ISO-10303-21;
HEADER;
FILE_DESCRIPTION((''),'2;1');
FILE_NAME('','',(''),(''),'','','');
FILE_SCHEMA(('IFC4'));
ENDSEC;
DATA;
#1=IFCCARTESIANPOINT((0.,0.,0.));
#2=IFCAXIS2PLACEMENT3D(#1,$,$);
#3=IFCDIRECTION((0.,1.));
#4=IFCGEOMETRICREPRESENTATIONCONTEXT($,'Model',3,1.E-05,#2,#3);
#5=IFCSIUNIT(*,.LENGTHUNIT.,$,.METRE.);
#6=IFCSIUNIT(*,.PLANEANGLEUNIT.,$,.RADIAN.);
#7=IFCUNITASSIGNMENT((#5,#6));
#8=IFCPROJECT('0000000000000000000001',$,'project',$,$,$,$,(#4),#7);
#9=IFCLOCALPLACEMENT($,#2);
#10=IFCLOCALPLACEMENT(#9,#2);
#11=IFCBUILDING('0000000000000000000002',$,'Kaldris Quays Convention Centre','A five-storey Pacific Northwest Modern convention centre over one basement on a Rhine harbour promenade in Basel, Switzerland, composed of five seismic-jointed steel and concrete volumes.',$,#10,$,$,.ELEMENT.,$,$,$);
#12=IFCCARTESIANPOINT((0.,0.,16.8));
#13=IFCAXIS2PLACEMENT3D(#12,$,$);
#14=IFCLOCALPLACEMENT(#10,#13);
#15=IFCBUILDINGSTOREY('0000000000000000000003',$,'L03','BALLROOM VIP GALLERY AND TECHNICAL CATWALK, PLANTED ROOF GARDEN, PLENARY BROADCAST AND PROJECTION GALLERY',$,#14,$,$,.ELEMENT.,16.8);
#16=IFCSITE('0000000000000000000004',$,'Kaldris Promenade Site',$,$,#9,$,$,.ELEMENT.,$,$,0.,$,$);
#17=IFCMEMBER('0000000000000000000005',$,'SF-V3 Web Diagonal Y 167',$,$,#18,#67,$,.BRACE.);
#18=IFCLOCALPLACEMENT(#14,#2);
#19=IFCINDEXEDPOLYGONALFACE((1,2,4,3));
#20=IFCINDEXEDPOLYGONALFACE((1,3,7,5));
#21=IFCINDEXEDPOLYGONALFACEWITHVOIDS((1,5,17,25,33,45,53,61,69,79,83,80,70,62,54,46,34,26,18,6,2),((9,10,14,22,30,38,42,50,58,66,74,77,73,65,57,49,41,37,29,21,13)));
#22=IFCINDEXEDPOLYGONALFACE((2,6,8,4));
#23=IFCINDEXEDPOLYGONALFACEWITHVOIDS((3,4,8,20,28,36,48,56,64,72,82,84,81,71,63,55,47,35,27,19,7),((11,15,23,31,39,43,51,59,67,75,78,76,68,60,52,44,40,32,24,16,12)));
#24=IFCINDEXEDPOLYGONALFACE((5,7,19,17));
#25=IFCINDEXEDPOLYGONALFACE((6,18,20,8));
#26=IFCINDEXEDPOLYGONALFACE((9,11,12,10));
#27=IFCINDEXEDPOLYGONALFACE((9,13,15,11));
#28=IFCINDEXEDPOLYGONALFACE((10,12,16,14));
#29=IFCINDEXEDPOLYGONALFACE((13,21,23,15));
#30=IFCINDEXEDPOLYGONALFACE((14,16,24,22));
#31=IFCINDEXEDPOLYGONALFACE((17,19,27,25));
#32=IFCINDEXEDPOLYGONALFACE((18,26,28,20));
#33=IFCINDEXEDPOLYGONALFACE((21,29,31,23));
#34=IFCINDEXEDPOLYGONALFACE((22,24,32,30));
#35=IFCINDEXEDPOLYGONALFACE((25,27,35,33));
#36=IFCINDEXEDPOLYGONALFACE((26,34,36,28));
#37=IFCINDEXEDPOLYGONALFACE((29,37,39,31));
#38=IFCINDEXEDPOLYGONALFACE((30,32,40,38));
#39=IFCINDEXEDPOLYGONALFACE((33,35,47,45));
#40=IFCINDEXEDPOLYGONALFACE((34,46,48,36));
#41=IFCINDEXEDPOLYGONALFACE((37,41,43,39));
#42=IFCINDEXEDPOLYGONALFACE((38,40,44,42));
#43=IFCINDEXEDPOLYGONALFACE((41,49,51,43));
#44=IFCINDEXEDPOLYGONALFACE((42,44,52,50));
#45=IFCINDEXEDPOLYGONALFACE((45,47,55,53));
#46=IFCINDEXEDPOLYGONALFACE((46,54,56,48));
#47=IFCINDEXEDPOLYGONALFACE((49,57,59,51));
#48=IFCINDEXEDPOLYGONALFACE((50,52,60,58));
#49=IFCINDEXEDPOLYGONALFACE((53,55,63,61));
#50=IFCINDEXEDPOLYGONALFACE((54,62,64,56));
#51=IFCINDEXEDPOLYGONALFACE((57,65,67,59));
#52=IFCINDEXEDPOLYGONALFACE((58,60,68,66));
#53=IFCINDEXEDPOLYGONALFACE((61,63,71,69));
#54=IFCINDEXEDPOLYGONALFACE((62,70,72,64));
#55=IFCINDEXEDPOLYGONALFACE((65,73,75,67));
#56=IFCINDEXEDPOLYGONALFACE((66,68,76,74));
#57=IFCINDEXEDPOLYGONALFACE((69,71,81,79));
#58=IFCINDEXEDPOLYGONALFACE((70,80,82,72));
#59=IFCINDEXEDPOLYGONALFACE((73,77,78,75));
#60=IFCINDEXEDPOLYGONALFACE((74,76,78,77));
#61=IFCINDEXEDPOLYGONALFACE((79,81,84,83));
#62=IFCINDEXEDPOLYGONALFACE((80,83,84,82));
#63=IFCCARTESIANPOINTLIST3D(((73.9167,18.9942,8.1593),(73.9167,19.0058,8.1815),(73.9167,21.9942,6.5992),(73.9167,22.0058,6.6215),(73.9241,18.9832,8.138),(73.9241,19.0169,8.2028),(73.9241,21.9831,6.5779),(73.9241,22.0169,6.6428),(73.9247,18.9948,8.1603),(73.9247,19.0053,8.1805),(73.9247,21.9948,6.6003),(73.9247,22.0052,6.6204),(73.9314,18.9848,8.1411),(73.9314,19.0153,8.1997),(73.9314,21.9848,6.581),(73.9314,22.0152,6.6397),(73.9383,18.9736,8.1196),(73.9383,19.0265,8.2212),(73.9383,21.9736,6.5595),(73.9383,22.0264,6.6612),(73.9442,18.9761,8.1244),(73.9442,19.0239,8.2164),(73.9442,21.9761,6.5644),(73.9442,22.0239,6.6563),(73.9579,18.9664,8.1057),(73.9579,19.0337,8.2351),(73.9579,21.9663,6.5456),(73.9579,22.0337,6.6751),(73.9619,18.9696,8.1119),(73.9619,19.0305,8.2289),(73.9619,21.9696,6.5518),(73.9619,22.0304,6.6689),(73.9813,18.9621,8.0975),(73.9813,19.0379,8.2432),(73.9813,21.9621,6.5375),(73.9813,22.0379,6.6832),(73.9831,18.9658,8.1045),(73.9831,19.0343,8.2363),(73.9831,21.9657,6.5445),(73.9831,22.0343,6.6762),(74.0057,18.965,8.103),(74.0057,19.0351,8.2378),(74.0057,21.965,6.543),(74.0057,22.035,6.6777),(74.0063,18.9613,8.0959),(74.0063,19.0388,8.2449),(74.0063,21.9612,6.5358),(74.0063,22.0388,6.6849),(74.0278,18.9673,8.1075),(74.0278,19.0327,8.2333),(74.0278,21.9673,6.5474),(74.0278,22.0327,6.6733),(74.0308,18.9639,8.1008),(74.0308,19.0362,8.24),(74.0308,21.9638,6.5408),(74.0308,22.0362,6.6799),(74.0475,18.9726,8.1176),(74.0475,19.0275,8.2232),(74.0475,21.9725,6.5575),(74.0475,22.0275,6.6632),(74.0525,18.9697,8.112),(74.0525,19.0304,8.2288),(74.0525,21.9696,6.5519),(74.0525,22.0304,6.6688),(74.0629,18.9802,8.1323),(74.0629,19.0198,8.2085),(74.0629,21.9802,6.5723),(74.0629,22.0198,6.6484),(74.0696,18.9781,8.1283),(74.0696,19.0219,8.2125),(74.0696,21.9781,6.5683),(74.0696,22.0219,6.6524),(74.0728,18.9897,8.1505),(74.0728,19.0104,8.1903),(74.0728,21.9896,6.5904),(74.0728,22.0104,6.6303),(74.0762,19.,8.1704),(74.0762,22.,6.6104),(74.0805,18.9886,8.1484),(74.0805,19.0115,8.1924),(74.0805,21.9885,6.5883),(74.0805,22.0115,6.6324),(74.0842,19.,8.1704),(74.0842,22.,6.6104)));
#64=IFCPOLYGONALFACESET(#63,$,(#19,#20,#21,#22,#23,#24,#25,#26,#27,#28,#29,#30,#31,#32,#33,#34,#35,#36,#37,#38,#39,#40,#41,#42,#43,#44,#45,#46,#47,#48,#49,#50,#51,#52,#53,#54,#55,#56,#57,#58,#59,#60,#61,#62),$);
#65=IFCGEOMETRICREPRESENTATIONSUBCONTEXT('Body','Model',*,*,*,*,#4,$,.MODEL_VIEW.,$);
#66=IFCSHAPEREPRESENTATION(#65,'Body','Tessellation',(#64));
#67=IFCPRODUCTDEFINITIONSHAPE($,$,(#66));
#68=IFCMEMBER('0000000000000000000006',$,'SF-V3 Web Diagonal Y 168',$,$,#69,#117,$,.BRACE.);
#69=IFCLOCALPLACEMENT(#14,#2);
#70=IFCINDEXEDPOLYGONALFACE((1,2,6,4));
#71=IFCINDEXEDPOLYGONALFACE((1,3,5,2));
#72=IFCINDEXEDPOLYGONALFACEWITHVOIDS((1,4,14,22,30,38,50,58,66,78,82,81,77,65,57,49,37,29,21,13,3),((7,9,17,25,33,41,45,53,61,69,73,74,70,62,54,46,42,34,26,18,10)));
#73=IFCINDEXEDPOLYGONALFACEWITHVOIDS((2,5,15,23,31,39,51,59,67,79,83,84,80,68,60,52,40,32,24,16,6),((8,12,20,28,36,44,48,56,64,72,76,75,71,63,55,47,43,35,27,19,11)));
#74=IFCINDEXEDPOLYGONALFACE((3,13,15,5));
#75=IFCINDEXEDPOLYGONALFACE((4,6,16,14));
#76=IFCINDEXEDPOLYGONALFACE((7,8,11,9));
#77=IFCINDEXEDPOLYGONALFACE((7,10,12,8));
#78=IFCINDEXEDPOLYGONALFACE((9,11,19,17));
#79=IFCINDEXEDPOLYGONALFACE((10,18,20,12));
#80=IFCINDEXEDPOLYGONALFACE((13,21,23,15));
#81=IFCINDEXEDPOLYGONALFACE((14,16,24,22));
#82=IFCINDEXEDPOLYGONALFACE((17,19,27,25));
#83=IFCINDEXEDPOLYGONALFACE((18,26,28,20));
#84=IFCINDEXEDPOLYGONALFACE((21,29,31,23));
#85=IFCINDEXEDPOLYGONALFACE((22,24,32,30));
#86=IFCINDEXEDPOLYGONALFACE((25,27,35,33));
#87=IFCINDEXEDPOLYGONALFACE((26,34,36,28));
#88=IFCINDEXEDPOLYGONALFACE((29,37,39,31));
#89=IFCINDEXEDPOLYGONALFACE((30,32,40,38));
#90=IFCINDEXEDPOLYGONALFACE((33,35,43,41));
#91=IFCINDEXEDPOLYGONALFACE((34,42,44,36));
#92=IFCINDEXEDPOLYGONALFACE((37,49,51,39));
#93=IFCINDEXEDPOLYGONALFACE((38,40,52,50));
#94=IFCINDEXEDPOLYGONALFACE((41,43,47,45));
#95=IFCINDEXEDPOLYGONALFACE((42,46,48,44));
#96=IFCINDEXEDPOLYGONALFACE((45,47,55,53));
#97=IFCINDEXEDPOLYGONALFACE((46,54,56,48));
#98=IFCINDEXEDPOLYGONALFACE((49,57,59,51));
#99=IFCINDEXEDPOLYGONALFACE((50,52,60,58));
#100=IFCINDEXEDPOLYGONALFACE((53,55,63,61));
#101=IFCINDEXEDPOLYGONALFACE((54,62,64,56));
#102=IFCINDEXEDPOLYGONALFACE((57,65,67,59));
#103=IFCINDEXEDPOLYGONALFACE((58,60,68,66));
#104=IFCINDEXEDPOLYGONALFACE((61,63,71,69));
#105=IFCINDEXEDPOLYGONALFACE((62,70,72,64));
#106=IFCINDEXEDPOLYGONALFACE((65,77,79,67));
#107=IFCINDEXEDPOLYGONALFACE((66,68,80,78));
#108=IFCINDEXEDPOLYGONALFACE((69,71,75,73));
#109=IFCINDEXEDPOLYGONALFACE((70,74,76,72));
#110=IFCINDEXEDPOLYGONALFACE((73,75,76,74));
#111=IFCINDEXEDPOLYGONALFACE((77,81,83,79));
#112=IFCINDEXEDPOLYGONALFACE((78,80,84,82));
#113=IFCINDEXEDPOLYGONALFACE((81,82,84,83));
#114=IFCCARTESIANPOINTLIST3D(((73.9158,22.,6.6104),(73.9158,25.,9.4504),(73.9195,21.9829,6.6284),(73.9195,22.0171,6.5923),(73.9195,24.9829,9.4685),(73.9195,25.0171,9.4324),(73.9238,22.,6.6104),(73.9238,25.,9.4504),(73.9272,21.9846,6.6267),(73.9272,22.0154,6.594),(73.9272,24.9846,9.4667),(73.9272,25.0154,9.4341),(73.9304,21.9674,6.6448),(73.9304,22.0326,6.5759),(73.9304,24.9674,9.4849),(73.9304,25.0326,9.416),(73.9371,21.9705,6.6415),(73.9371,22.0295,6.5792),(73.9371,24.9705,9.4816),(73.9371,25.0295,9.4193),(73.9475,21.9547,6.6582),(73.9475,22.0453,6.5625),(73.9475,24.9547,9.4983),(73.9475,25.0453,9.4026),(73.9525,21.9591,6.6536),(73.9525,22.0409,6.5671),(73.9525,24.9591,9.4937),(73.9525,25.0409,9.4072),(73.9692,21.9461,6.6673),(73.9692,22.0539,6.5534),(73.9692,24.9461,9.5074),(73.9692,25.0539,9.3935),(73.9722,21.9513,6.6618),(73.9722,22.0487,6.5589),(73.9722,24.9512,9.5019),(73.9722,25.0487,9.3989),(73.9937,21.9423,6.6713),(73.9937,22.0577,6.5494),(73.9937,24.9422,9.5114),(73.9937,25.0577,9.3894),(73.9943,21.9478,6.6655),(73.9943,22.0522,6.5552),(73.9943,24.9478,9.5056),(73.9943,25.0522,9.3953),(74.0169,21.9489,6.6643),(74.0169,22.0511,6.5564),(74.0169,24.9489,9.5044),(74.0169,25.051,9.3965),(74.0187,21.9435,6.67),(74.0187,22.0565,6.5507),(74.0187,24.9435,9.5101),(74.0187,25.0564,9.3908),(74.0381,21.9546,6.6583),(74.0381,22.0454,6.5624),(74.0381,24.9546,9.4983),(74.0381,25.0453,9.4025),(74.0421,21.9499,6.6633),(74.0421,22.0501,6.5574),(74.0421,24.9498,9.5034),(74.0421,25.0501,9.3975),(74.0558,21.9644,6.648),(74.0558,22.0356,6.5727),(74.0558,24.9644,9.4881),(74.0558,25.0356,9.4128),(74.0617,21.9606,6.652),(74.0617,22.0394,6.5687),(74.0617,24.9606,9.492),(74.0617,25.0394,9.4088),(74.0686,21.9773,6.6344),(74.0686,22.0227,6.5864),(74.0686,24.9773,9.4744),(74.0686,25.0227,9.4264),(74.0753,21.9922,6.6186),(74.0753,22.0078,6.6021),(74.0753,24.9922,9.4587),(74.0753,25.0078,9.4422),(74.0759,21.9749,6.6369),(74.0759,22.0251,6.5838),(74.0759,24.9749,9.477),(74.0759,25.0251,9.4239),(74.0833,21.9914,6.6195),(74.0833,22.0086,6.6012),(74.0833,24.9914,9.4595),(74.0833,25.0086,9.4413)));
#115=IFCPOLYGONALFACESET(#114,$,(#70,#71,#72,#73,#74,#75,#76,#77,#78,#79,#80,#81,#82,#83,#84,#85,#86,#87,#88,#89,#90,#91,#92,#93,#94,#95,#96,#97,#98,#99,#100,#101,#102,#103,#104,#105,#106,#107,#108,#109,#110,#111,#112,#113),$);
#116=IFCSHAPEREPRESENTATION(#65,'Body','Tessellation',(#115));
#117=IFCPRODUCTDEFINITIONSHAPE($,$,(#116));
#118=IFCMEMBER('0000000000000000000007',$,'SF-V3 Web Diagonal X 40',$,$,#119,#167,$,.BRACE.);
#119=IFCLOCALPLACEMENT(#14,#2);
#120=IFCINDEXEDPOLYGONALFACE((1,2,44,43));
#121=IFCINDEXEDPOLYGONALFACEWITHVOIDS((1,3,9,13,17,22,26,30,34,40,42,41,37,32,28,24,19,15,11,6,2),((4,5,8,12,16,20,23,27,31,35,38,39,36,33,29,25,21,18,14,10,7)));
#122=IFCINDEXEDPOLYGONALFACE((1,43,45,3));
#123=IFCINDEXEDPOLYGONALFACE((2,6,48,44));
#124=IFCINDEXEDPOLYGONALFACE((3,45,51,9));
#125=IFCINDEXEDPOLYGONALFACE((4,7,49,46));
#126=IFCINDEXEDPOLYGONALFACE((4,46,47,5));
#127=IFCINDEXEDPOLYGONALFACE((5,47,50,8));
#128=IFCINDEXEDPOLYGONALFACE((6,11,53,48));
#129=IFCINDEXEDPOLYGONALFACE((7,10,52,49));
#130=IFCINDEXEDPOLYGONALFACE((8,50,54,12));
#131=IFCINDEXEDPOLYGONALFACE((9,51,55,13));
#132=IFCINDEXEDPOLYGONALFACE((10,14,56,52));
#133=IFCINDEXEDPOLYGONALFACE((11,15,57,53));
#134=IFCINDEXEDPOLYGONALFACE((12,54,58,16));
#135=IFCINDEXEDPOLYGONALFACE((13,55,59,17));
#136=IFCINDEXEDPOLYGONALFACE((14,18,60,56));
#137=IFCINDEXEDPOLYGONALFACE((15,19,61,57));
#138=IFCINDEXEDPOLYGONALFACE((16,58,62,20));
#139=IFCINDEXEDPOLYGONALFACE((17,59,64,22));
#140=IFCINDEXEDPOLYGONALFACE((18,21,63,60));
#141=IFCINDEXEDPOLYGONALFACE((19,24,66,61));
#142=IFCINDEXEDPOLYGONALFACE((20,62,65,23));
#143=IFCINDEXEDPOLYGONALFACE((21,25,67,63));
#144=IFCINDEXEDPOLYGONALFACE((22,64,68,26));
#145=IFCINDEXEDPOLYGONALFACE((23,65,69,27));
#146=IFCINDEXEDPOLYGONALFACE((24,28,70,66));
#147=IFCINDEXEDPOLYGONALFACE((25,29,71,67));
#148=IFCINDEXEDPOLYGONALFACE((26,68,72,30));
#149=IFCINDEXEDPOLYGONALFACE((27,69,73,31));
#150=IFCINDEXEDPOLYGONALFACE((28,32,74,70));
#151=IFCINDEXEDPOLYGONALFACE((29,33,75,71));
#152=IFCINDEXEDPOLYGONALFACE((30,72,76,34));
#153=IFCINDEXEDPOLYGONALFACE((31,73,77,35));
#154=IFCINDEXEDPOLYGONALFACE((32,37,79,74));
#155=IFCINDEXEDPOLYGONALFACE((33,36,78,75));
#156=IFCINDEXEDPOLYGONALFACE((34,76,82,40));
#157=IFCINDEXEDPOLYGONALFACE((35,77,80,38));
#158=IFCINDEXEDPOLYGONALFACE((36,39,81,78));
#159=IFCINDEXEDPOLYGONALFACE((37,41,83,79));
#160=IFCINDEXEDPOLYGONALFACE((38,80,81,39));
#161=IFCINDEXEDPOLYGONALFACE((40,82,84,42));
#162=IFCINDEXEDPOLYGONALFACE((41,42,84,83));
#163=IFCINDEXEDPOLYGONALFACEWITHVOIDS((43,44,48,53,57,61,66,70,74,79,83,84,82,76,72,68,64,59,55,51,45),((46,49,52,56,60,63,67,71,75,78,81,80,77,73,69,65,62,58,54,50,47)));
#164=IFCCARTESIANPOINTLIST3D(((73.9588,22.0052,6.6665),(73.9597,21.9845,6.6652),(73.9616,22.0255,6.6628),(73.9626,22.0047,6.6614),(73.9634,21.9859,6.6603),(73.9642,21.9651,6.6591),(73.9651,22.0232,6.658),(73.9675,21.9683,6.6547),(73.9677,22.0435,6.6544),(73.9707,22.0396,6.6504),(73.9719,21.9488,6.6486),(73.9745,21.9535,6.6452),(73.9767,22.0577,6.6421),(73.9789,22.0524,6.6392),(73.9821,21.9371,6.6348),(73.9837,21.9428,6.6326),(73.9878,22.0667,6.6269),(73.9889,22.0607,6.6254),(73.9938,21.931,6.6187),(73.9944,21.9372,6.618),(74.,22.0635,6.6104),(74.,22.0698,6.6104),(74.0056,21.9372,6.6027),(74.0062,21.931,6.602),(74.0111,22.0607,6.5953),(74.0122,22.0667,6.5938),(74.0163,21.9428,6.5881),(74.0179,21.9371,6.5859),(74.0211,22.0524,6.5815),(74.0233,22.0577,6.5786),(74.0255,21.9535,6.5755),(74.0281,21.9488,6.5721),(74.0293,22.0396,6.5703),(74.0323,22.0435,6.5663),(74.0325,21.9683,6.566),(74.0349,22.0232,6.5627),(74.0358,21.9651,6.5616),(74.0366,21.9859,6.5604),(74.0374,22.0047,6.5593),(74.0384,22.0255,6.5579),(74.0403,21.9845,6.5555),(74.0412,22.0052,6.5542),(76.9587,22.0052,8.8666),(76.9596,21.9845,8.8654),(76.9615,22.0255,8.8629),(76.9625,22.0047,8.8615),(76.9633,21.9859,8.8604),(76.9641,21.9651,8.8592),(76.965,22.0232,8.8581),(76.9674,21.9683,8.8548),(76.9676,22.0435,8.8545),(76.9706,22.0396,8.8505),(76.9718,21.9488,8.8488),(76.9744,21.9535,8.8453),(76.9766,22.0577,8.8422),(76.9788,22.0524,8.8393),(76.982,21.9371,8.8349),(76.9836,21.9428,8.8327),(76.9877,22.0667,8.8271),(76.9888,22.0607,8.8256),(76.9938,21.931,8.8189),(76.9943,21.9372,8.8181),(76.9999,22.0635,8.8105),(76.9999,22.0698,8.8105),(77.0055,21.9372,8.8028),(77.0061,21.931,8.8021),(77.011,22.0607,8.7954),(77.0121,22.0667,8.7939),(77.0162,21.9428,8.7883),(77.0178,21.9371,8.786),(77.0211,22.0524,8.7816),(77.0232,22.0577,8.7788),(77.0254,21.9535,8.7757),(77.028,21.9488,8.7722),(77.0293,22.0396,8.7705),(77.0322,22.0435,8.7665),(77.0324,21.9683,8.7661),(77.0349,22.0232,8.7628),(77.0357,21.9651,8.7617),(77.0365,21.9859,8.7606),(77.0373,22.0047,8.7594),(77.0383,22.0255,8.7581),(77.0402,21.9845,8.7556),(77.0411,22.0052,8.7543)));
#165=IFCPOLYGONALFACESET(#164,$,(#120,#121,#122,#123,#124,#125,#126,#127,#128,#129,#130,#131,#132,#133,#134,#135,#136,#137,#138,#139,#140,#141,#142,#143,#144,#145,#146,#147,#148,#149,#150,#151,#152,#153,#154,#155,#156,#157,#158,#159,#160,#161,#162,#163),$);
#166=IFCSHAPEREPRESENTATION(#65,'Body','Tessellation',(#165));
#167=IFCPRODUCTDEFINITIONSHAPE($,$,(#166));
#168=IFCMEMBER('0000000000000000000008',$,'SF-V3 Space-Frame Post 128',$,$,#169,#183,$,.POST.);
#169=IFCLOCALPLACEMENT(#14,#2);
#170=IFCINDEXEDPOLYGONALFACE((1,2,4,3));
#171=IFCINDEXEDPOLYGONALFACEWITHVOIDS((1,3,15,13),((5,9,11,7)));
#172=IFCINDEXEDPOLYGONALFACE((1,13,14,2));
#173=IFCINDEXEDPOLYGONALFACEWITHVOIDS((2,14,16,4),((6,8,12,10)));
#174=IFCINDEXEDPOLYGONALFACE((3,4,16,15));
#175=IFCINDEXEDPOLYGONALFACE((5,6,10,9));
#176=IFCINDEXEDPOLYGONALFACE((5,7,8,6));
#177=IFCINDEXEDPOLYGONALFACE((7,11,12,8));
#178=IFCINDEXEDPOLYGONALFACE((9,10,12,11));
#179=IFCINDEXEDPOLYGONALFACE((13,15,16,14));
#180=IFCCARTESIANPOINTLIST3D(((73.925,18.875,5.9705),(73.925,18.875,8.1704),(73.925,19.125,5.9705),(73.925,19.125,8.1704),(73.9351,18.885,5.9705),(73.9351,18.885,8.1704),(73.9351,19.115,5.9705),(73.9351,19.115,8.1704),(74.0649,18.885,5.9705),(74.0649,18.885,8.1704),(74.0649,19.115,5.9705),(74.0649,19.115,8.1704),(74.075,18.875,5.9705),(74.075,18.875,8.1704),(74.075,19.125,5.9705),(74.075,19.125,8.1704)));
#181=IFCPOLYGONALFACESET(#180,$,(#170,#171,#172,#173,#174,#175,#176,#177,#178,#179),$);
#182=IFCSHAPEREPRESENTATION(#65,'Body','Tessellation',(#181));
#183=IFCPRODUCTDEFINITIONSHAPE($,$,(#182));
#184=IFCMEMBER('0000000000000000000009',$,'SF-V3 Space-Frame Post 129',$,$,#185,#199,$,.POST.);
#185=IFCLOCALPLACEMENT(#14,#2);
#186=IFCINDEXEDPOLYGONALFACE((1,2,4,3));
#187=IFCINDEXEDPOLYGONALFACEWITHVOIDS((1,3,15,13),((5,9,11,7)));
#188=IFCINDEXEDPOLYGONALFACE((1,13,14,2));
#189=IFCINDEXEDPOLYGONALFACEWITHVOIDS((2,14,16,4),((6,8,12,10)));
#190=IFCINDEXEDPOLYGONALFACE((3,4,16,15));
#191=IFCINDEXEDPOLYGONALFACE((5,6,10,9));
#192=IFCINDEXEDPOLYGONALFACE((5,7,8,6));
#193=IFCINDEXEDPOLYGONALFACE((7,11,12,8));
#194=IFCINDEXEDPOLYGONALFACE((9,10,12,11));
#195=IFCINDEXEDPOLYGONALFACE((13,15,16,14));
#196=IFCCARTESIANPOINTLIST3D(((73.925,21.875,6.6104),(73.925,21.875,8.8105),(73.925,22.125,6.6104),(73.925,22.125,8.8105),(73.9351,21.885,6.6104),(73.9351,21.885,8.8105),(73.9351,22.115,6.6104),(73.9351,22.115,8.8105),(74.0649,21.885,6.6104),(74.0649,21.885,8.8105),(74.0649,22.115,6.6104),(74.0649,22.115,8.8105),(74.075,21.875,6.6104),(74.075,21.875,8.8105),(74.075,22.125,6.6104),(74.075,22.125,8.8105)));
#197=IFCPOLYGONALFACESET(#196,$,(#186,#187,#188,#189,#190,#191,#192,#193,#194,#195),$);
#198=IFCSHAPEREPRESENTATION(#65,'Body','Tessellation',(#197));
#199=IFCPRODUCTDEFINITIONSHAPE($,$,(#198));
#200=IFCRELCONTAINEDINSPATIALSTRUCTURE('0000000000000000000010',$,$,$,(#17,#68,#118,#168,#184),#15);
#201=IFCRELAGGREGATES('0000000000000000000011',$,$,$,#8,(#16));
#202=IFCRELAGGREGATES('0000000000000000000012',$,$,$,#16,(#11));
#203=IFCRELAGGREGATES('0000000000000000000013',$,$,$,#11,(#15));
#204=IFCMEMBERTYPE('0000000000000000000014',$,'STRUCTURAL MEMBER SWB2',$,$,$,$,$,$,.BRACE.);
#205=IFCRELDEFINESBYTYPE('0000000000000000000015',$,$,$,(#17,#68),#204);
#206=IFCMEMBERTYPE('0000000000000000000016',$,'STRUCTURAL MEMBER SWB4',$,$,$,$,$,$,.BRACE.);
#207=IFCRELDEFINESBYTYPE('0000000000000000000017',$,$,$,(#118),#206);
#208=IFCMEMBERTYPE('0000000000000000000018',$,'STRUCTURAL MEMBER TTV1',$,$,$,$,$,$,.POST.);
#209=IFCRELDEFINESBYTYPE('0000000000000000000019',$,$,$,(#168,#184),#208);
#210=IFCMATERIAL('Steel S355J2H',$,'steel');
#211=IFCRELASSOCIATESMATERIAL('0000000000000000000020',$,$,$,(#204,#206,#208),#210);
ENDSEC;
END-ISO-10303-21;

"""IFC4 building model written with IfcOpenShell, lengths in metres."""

from ifc_helpers import new_model, si_unit, direction, frame, origin, origin_2d, place, context, subcontext, project, spatial, hollow_rectangle, hollow_circle, extrude, material, material_profile, profile_set, type_object, element, save


model = new_model("IFC4")

# Units and contexts
model_context = context("Model", 3, precision=1e-05, world=origin(), true_north=direction((0.0, 1.0)))
body_context = subcontext(model_context, "Body", "Model", "MODEL_VIEW")
ifc_project = project(units=[si_unit("LENGTHUNIT", "METRE"), si_unit("PLANEANGLEUNIT", "RADIAN")], contexts=[model_context])

# Site, building, storey
site_placement = place(None, origin())
site = spatial("IfcSite", under=ifc_project, at=site_placement, Name="Kaldris Promenade Site", CompositionType="ELEMENT", RefElevation=0.0)
building_placement = place(site_placement, origin())
building = spatial("IfcBuilding", under=site, at=building_placement, Name="Kaldris Quays Convention Centre", Description="A five-storey Pacific Northwest Modern convention centre over one basement on a Rhine harbour promenade in Basel, Switzerland, composed of five seismic-jointed steel and concrete volumes.", CompositionType="ELEMENT")
storey_placement = place(building_placement, frame((0.0, 0.0, 16.8)))
storey = spatial("IfcBuildingStorey", under=building, at=storey_placement, Name="L03", Description="BALLROOM VIP GALLERY AND TECHNICAL CATWALK, PLANTED ROOF GARDEN, PLENARY BROADCAST AND PROJECTION GALLERY", CompositionType="ELEMENT", Elevation=16.8)

# Members
ifc_material_1 = material(Name="Steel S355J2H", Category="steel")
ifc_material_profile_1 = material_profile(ifc_material_1, hollow_circle(Radius=0.0842, WallThickness=0.0081, at=origin_2d()), Name="CHS 168.3x8")
ifc_profile_set_1 = profile_set([ifc_material_profile_1], Name="Steel S355J2H")
member_type_1 = type_object("IfcMemberType", Name="STRUCTURAL MEMBER SWB2", PredefinedType="BRACE", material=ifc_profile_set_1)
member_1_placement = place(storey_placement, frame((74.0, 22.0, 6.6104), z_axis=(0.0, -0.88721, 0.461366), x_axis=(1.0, 0.0, 0.0)))
element("IfcMember", 1, at=member_1_placement, inside=storey, type_object=member_type_1, Name="SF-V3 Web Diagonal Y 167", PredefinedType="BRACE", context=body_context, shape_type="SweptSolid", body=[
    extrude(hollow_circle(Radius=0.0842, WallThickness=0.0081, at=origin_2d()), origin(), (0.0, 0.0, 1.0), 3.3813),
])
member_2_placement = place(storey_placement, frame((74.0, 22.0, 6.6104), z_axis=(0.0, 0.726196, 0.687487), x_axis=(-1.0, 0.0, 0.0)))
element("IfcMember", 2, at=member_2_placement, inside=storey, type_object=member_type_1, Name="SF-V3 Web Diagonal Y 168", PredefinedType="BRACE", context=body_context, shape_type="SweptSolid", body=[
    extrude(hollow_circle(Radius=0.0842, WallThickness=0.0081, at=origin_2d()), origin(), (0.0, 0.0, 1.0), 4.1311),
])
ifc_material_profile_2 = material_profile(ifc_material_1, hollow_circle(Radius=0.0698, WallThickness=0.0063, at=origin_2d()), Name="CHS 139.7x6.3")
ifc_profile_set_2 = profile_set([ifc_material_profile_2], Name="Steel S355J2H")
member_type_2 = type_object("IfcMemberType", Name="STRUCTURAL MEMBER SWB4", PredefinedType="BRACE", material=ifc_profile_set_2)
member_3_placement = place(storey_placement, frame((74.0, 22.0, 6.6104), z_axis=(0.80638, 0.0, 0.591398), x_axis=(0.0, 1.0, 0.0)))
element("IfcMember", 3, at=member_3_placement, inside=storey, type_object=member_type_2, Name="SF-V3 Web Diagonal X 40", PredefinedType="BRACE", context=body_context, shape_type="SweptSolid", body=[
    extrude(hollow_circle(Radius=0.0698, WallThickness=0.0063, at=origin_2d()), origin(), (0.0, 0.0, 1.0), 3.7202),
])
ifc_material_profile_3 = material_profile(ifc_material_1, hollow_rectangle(XDim=0.1499, YDim=0.25, WallThickness=0.01, at=origin_2d()), Name="RHS 250x150x10")
ifc_profile_set_3 = profile_set([ifc_material_profile_3], Name="Steel S355J2H")
member_type_3 = type_object("IfcMemberType", Name="STRUCTURAL MEMBER TTV1", PredefinedType="POST", material=ifc_profile_set_3)
member_4_placement = place(storey_placement, frame((74.0, 19.0, 5.9705), z_axis=(0.0, 0.0, 1.0), x_axis=(1.0, 0.0, 0.0)))
element("IfcMember", 4, at=member_4_placement, inside=storey, type_object=member_type_3, Name="SF-V3 Space-Frame Post 128", PredefinedType="POST", context=body_context, shape_type="SweptSolid", body=[
    extrude(hollow_rectangle(XDim=0.1499, YDim=0.25, WallThickness=0.01, at=origin_2d()), origin(), (0.0, 0.0, 1.0), 2.2),
])
member_5_placement = place(storey_placement, frame((74.0, 22.0, 6.6104), z_axis=(0.0, 0.0, 1.0), x_axis=(1.0, 0.0, 0.0)))
element("IfcMember", 5, at=member_5_placement, inside=storey, type_object=member_type_3, Name="SF-V3 Space-Frame Post 129", PredefinedType="POST", context=body_context, shape_type="SweptSolid", body=[
    extrude(hollow_rectangle(XDim=0.1499, YDim=0.25, WallThickness=0.01, at=origin_2d()), origin(), (0.0, 0.0, 1.0), 2.2002),
])

save(model, "model.ifc")
